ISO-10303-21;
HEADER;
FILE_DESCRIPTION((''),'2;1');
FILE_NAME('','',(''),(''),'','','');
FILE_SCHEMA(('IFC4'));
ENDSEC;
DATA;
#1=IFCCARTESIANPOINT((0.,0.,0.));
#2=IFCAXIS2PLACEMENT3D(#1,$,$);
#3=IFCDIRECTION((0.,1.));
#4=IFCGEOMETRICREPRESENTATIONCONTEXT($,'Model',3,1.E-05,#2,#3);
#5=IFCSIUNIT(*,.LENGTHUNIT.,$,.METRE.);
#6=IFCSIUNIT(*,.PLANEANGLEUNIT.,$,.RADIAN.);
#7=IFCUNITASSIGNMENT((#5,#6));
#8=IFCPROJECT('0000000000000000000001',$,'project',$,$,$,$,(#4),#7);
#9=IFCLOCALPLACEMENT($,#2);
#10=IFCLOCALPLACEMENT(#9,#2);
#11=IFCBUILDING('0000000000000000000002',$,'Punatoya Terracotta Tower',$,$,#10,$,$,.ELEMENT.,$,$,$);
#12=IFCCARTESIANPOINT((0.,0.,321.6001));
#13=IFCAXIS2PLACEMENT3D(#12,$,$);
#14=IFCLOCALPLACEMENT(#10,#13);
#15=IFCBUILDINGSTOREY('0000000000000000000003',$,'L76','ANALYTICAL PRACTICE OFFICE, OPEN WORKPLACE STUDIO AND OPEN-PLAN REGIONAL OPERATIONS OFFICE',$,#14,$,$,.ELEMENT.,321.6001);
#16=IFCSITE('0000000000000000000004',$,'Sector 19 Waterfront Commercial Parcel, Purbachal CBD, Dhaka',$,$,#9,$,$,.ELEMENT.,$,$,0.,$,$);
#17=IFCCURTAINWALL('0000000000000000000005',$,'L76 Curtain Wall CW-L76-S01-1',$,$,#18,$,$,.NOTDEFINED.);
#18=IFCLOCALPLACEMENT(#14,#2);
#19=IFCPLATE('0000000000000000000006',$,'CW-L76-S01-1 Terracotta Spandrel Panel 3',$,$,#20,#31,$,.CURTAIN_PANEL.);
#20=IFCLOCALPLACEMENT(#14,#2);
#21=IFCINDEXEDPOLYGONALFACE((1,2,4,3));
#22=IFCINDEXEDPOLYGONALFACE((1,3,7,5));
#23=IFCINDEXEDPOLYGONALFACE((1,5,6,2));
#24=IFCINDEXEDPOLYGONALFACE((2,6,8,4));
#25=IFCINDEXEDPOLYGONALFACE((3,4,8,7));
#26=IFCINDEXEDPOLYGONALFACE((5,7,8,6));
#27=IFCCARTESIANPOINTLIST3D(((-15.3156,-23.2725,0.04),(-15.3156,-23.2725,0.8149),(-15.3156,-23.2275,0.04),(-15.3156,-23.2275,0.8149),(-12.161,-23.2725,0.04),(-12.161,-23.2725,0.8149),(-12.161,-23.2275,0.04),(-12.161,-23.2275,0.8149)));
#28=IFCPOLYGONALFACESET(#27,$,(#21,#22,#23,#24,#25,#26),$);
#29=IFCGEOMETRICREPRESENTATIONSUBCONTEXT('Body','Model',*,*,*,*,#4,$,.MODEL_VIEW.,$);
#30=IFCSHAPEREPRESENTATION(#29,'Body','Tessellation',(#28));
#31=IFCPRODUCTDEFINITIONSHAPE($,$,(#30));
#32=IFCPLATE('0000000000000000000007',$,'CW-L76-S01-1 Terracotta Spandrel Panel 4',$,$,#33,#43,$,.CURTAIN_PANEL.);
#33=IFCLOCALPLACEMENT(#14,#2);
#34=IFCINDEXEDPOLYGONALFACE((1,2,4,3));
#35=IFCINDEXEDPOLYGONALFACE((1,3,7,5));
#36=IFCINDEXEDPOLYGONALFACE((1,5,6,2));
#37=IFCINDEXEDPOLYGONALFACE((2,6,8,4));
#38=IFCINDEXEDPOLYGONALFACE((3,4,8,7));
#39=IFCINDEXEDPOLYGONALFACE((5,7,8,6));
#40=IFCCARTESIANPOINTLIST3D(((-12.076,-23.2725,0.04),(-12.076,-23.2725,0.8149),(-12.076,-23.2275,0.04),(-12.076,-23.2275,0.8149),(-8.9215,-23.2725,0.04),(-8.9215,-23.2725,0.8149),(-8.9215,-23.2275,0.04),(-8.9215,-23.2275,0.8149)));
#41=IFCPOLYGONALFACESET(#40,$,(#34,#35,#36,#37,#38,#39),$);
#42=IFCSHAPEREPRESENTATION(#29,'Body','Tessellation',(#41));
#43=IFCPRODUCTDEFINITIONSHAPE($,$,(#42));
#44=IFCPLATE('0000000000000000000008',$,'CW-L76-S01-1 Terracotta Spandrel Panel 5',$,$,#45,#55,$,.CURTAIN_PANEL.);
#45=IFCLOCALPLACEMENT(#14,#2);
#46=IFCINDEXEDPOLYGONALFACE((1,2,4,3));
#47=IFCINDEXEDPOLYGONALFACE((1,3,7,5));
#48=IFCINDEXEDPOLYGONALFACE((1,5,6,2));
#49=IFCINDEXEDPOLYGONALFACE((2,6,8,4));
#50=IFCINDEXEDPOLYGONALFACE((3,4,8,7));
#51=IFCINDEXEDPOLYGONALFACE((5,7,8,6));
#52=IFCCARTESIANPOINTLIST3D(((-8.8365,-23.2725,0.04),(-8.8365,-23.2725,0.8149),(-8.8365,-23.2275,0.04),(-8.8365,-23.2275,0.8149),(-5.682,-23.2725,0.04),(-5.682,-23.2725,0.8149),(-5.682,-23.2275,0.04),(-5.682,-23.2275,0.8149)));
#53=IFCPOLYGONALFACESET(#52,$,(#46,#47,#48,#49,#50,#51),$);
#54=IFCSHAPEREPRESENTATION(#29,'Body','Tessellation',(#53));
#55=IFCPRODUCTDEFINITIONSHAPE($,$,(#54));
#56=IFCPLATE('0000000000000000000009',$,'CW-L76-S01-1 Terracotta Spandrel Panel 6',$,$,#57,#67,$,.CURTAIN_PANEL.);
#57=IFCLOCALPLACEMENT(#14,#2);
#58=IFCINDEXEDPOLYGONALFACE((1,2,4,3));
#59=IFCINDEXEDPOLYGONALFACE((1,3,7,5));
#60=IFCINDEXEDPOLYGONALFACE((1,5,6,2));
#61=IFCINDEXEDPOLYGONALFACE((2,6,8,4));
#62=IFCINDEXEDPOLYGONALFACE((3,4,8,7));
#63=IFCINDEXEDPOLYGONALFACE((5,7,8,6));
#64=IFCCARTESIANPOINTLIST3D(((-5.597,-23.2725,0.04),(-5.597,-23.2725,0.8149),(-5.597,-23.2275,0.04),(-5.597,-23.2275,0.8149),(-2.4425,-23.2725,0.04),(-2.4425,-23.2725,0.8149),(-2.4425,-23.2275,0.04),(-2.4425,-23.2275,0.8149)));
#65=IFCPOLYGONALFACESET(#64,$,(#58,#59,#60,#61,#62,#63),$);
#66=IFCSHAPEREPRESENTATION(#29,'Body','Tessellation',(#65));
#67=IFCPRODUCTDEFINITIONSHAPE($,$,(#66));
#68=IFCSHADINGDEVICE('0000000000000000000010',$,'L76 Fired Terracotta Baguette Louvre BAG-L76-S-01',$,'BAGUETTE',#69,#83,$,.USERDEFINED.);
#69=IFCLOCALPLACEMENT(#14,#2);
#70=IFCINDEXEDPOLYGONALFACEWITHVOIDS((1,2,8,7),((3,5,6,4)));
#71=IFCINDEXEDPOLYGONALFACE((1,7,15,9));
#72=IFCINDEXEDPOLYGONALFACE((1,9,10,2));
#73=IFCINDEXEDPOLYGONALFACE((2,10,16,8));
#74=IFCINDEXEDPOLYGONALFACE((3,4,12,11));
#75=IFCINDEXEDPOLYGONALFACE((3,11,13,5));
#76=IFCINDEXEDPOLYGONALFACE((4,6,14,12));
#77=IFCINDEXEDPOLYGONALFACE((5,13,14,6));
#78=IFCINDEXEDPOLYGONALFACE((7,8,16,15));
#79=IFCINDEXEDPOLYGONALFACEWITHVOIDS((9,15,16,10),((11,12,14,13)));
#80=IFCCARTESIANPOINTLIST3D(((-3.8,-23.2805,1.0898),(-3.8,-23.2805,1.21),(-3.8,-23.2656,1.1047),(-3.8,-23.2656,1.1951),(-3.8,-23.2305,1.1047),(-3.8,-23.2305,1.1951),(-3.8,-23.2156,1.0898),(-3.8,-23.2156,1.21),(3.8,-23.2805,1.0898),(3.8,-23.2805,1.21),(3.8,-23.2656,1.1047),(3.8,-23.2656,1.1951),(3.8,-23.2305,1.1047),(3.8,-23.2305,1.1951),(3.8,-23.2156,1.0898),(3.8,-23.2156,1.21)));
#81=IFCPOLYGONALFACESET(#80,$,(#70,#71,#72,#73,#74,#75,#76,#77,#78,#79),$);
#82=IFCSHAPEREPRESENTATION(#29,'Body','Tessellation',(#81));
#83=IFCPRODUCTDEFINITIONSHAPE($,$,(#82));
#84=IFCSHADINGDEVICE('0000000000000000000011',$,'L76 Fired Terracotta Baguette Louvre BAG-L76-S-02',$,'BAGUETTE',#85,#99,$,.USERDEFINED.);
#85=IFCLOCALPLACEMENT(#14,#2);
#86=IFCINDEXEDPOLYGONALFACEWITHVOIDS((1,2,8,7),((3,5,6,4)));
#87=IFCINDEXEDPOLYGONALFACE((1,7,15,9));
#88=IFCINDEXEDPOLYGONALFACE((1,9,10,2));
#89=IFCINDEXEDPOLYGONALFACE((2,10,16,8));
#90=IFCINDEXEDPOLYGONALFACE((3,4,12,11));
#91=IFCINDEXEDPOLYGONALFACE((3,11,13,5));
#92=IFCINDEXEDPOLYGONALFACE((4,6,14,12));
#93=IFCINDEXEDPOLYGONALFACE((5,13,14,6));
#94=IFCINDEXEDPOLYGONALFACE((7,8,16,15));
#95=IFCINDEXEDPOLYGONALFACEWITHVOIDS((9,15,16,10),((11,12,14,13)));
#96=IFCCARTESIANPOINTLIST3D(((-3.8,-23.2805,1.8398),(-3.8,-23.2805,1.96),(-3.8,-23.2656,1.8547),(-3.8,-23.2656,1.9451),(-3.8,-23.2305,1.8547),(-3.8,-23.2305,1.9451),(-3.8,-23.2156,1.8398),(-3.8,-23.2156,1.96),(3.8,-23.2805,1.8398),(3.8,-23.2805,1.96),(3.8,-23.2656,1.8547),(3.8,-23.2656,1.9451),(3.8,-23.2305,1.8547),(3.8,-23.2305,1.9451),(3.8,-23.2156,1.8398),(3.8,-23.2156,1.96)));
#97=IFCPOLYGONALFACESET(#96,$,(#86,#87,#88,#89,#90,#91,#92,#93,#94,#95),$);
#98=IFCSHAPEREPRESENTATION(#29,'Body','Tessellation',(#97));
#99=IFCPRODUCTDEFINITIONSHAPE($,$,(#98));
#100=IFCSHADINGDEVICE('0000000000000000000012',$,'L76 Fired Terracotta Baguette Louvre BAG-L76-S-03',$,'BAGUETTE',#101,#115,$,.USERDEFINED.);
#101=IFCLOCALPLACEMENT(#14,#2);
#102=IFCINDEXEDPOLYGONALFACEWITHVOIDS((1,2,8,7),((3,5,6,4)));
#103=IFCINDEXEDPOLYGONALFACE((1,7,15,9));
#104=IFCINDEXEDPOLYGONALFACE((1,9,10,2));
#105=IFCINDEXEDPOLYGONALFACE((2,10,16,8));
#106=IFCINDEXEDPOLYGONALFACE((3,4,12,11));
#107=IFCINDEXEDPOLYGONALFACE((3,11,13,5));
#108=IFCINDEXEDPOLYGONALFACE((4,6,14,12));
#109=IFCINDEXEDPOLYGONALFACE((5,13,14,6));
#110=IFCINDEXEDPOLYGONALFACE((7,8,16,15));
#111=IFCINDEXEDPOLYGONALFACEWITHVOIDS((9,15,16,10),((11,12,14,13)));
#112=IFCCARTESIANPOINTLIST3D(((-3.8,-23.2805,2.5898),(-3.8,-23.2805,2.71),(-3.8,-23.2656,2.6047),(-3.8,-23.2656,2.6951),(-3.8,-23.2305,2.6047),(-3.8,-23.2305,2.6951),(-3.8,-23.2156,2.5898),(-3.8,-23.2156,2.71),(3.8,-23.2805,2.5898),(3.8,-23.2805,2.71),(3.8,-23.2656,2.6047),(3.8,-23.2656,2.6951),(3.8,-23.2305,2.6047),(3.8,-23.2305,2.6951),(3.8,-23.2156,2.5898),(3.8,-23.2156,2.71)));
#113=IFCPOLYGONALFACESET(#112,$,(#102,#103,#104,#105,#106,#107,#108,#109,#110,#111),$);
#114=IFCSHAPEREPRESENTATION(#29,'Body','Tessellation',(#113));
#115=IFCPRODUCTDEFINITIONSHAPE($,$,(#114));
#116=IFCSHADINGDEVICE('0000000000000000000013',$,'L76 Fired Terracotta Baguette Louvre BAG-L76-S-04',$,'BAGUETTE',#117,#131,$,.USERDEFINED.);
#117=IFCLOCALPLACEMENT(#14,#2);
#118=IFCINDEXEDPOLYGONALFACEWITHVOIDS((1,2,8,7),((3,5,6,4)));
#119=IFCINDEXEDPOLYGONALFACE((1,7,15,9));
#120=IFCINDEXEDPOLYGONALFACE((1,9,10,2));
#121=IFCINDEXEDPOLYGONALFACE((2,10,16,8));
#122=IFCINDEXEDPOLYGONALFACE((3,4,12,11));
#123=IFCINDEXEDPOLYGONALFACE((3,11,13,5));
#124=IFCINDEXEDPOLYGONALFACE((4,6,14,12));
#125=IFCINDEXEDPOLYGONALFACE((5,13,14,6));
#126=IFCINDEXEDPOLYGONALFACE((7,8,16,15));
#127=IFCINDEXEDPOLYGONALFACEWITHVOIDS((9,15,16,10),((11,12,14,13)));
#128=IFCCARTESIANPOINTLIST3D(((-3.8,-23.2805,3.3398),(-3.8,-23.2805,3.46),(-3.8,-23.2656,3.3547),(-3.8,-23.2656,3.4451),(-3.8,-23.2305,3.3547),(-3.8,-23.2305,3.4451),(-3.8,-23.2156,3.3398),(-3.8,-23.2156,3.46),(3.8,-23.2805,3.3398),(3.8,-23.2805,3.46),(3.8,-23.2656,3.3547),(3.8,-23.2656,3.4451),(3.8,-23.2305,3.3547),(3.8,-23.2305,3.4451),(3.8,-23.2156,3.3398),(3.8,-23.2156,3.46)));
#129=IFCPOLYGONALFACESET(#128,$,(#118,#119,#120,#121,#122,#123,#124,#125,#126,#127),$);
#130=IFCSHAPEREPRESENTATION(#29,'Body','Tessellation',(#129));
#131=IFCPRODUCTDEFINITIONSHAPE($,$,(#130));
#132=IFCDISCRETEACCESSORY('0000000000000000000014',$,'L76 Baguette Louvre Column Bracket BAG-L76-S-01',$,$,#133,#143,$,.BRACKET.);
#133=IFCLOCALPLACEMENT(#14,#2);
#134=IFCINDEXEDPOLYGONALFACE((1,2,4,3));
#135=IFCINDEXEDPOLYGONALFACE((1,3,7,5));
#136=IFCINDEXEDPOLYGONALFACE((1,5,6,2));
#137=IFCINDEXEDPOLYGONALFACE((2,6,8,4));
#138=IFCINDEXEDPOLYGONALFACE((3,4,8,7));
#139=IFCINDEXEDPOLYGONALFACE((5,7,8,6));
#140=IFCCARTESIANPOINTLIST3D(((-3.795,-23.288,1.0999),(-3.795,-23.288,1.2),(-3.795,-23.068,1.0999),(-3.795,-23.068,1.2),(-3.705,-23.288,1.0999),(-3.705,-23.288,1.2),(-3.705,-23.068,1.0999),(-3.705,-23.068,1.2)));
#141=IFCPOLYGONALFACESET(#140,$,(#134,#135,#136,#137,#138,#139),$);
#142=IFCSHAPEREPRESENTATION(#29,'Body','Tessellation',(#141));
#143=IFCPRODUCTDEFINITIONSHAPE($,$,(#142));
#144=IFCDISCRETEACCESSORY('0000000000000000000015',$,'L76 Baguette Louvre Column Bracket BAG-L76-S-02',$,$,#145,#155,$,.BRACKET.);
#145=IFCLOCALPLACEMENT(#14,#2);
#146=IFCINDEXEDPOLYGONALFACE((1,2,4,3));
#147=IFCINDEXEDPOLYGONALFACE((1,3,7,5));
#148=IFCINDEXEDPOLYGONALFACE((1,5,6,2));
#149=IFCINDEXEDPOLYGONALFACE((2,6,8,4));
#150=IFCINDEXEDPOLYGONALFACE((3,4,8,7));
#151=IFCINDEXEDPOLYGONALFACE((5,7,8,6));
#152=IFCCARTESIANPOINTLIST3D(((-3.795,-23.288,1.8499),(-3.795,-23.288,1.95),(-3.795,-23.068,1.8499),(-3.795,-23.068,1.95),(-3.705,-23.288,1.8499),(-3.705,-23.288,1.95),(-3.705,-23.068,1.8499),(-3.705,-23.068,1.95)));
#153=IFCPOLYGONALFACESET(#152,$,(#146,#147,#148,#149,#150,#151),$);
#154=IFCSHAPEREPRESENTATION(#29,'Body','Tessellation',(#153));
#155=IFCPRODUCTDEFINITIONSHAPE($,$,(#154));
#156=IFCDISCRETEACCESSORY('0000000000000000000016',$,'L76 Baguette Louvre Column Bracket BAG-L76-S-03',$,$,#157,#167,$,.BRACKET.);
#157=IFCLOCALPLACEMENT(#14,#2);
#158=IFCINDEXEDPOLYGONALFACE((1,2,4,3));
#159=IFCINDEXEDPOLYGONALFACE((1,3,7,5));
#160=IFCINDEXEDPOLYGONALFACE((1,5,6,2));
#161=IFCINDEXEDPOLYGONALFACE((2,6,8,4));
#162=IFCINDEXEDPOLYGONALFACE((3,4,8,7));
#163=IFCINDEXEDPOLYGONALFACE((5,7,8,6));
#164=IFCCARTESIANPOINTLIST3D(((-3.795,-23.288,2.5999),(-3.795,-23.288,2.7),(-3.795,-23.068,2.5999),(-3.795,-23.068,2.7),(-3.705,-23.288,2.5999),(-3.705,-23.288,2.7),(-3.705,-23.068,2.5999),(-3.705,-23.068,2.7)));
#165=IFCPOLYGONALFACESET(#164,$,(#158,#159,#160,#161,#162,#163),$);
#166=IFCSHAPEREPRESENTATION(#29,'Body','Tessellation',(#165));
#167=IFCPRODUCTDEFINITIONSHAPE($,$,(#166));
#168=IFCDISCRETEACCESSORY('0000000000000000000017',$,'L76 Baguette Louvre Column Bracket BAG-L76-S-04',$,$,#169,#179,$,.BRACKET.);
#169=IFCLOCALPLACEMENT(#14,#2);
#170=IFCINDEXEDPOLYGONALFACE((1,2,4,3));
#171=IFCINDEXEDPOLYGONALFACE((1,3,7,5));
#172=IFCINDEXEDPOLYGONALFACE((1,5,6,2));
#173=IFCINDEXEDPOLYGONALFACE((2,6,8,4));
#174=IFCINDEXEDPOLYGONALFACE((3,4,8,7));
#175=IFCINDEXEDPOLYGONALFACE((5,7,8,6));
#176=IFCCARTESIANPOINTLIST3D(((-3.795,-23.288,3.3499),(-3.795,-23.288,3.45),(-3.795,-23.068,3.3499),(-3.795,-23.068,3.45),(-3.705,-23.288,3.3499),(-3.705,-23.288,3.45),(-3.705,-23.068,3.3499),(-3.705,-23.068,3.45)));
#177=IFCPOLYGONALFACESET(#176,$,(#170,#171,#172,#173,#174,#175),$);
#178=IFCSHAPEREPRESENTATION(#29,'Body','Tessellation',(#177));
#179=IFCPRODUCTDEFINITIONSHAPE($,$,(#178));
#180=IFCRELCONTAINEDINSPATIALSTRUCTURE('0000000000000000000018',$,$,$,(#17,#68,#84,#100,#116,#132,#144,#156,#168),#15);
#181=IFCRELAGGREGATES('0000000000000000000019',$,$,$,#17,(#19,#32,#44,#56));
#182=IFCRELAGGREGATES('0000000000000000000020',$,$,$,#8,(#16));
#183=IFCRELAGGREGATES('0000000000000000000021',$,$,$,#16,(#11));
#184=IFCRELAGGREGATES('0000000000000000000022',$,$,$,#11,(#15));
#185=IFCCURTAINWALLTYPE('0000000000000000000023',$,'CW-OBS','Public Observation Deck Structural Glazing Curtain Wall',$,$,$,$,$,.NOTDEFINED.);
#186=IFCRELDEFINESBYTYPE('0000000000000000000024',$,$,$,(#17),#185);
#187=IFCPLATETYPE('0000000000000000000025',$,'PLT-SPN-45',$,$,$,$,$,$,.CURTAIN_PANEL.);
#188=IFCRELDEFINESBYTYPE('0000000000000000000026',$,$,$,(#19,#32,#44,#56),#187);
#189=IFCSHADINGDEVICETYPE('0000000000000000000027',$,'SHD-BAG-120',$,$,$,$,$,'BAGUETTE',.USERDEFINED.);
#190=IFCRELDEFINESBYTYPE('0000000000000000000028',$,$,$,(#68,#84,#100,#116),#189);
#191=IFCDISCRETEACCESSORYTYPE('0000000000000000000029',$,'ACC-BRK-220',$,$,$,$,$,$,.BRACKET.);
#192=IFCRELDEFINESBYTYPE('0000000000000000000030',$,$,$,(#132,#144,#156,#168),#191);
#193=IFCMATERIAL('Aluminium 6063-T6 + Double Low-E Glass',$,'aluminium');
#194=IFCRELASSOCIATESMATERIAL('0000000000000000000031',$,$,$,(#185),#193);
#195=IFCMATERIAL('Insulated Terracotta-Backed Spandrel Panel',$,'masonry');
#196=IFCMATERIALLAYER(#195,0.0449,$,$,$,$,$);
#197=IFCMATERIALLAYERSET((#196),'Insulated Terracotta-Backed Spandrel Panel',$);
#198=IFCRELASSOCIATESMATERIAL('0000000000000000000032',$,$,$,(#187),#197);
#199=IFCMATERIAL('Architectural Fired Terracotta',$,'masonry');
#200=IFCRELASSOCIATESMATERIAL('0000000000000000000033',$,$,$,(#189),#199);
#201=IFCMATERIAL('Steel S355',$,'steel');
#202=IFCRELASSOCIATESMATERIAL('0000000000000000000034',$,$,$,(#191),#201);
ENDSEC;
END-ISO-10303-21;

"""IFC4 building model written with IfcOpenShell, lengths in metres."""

from ifc_helpers import new_model, si_unit, direction, frame, origin, origin_2d, place, context, subcontext, project, spatial, rectangle, hollow_rectangle, extrude, material, layer, layer_set, material_profile, profile_set, type_object, element, aggregate, save


model = new_model("IFC4")

# Units and contexts
model_context = context("Model", 3, precision=1e-05, world=origin(), true_north=direction((0.0, 1.0)))
body_context = subcontext(model_context, "Body", "Model", "MODEL_VIEW")
ifc_project = project(units=[si_unit("LENGTHUNIT", "METRE"), si_unit("PLANEANGLEUNIT", "RADIAN")], contexts=[model_context])

# Site, building, storey
site_placement = place(None, origin())
site = spatial("IfcSite", under=ifc_project, at=site_placement, Name="Sector 19 Waterfront Commercial Parcel, Purbachal CBD, Dhaka", CompositionType="ELEMENT", RefElevation=0.0)
building_placement = place(site_placement, origin())
building = spatial("IfcBuilding", under=site, at=building_placement, Name="Punatoya Terracotta Tower", CompositionType="ELEMENT")
storey_placement = place(building_placement, frame((0.0, 0.0, 321.6001)))
storey = spatial("IfcBuildingStorey", under=building, at=storey_placement, Name="L76", Description="ANALYTICAL PRACTICE OFFICE, OPEN WORKPLACE STUDIO AND OPEN-PLAN REGIONAL OPERATIONS OFFICE", CompositionType="ELEMENT", Elevation=321.6001)

# Curtain wall
ifc_material_1 = material(Name="Aluminium 6063-T6 + Double Low-E Glass", Category="aluminium")
curtain_wall_type = type_object("IfcCurtainWallType", Name="CW-OBS", Description="Public Observation Deck Structural Glazing Curtain Wall", PredefinedType="NOTDEFINED", material=ifc_material_1)
curtain_wall_placement = place(storey_placement, origin())
curtain_wall = element("IfcCurtainWall", 1, at=curtain_wall_placement, inside=storey, type_object=curtain_wall_type, Name="L76 Curtain Wall CW-L76-S01-1", PredefinedType="NOTDEFINED")

# Shared definitions
ifc_material_2 = material(Name="Steel S355", Category="steel")

# Plates
ifc_material_3 = material(Name="Insulated Terracotta-Backed Spandrel Panel", Category="masonry")
ifc_layer_1 = layer(ifc_material_3, 0.0449)
ifc_layer_set_1 = layer_set([ifc_layer_1], Name="Insulated Terracotta-Backed Spandrel Panel")
plate_type_1 = type_object("IfcPlateType", Name="PLT-SPN-45", PredefinedType="CURTAIN_PANEL", material=ifc_layer_set_1)
plate_1_placement = place(storey_placement, frame((-13.7383, -23.25, 0.04), z_axis=(0.0, 0.0, 1.0), x_axis=(1.0, 0.0, 0.0)))
plate_1 = element("IfcPlate", 2, at=plate_1_placement, type_object=plate_type_1, Name="CW-L76-S01-1 Terracotta Spandrel Panel 3", PredefinedType="CURTAIN_PANEL", context=body_context, shape_type="SweptSolid", body=[
    extrude(rectangle(XDim=3.1545, YDim=0.0449, at=origin_2d()), origin(), (0.0, 0.0, 1.0), 0.7749),
])
plate_2_placement = place(storey_placement, frame((-10.4988, -23.25, 0.04), z_axis=(0.0, 0.0, 1.0), x_axis=(1.0, 0.0, 0.0)))
plate_2 = element("IfcPlate", 3, at=plate_2_placement, type_object=plate_type_1, Name="CW-L76-S01-1 Terracotta Spandrel Panel 4", PredefinedType="CURTAIN_PANEL", context=body_context, shape_type="SweptSolid", body=[
    extrude(rectangle(XDim=3.1545, YDim=0.0449, at=origin_2d()), origin(), (0.0, 0.0, 1.0), 0.7749),
])
plate_3_placement = place(storey_placement, frame((-7.2593, -23.25, 0.04), z_axis=(0.0, 0.0, 1.0), x_axis=(1.0, 0.0, 0.0)))
plate_3 = element("IfcPlate", 4, at=plate_3_placement, type_object=plate_type_1, Name="CW-L76-S01-1 Terracotta Spandrel Panel 5", PredefinedType="CURTAIN_PANEL", context=body_context, shape_type="SweptSolid", body=[
    extrude(rectangle(XDim=3.1545, YDim=0.0449, at=origin_2d()), origin(), (0.0, 0.0, 1.0), 0.7749),
])
plate_4_placement = place(storey_placement, frame((-4.0198, -23.25, 0.04), z_axis=(0.0, 0.0, 1.0), x_axis=(1.0, 0.0, 0.0)))
plate_4 = element("IfcPlate", 5, at=plate_4_placement, type_object=plate_type_1, Name="CW-L76-S01-1 Terracotta Spandrel Panel 6", PredefinedType="CURTAIN_PANEL", context=body_context, shape_type="SweptSolid", body=[
    extrude(rectangle(XDim=3.1545, YDim=0.0449, at=origin_2d()), origin(), (0.0, 0.0, 1.0), 0.7749),
])
aggregate(curtain_wall, [plate_1, plate_2, plate_3, plate_4])

# Shading devices
ifc_material_4 = material(Name="Architectural Fired Terracotta", Category="masonry")
ifc_material_profile_1 = material_profile(ifc_material_4, hollow_rectangle(XDim=0.0649, YDim=0.1201, WallThickness=0.0149, at=origin_2d()))
ifc_profile_set_1 = profile_set([ifc_material_profile_1], Name="Architectural Fired Terracotta")
shading_device_type = type_object("IfcShadingDeviceType", Name="SHD-BAG-120", ElementType="BAGUETTE", PredefinedType="USERDEFINED", material=ifc_profile_set_1)
for number, where, z_axis, x_axis, name in (
    (6, (-3.8, -23.248, 1.1499), (1.0, 0.0, 0.0), (0.0, 1.0, 0.0), "L76 Fired Terracotta Baguette Louvre BAG-L76-S-01"),
    (7, (-3.8, -23.248, 1.8999), (1.0, 0.0, 0.0), (0.0, 1.0, 0.0), "L76 Fired Terracotta Baguette Louvre BAG-L76-S-02"),
    (8, (-3.8, -23.248, 2.6499), (1.0, 0.0, 0.0), (0.0, 1.0, 0.0), "L76 Fired Terracotta Baguette Louvre BAG-L76-S-03"),
    (9, (-3.8, -23.248, 3.3999), (1.0, 0.0, 0.0), (0.0, 1.0, 0.0), "L76 Fired Terracotta Baguette Louvre BAG-L76-S-04"),
):
    element("IfcShadingDevice", number, at=place(storey_placement, frame(where, z_axis=z_axis, x_axis=x_axis)), inside=storey, type_object=shading_device_type, Name=name, ObjectType="BAGUETTE", PredefinedType="USERDEFINED", context=body_context, shape_type="SweptSolid", body=[
        extrude(hollow_rectangle(XDim=0.0649, YDim=0.1201, WallThickness=0.0149, at=origin_2d()), origin(), (0.0, 0.0, 1.0), 7.6001),
    ])

# Discrete accessories
discrete_accessory_type = type_object("IfcDiscreteAccessoryType", Name="ACC-BRK-220", PredefinedType="BRACKET", material=ifc_material_2)
for number, where, z_axis, x_axis, name in (
    (10, (-3.75, -23.178, 1.0999), (0.0, 0.0, 1.0), (1.0, 0.0, 0.0), "L76 Baguette Louvre Column Bracket BAG-L76-S-01"),
    (11, (-3.75, -23.178, 1.8499), (0.0, 0.0, 1.0), (1.0, 0.0, 0.0), "L76 Baguette Louvre Column Bracket BAG-L76-S-02"),
    (12, (-3.75, -23.178, 2.5999), (0.0, 0.0, 1.0), (1.0, 0.0, 0.0), "L76 Baguette Louvre Column Bracket BAG-L76-S-03"),
    (13, (-3.75, -23.178, 3.3499), (0.0, 0.0, 1.0), (1.0, 0.0, 0.0), "L76 Baguette Louvre Column Bracket BAG-L76-S-04"),
):
    element("IfcDiscreteAccessory", number, at=place(storey_placement, frame(where, z_axis=z_axis, x_axis=x_axis)), inside=storey, type_object=discrete_accessory_type, Name=name, PredefinedType="BRACKET", context=body_context, shape_type="SweptSolid", body=[
        extrude(rectangle(XDim=0.0901, YDim=0.22, at=origin_2d()), origin(), (0.0, 0.0, 1.0), 0.1001),
    ])

save(model, "model.ifc")
